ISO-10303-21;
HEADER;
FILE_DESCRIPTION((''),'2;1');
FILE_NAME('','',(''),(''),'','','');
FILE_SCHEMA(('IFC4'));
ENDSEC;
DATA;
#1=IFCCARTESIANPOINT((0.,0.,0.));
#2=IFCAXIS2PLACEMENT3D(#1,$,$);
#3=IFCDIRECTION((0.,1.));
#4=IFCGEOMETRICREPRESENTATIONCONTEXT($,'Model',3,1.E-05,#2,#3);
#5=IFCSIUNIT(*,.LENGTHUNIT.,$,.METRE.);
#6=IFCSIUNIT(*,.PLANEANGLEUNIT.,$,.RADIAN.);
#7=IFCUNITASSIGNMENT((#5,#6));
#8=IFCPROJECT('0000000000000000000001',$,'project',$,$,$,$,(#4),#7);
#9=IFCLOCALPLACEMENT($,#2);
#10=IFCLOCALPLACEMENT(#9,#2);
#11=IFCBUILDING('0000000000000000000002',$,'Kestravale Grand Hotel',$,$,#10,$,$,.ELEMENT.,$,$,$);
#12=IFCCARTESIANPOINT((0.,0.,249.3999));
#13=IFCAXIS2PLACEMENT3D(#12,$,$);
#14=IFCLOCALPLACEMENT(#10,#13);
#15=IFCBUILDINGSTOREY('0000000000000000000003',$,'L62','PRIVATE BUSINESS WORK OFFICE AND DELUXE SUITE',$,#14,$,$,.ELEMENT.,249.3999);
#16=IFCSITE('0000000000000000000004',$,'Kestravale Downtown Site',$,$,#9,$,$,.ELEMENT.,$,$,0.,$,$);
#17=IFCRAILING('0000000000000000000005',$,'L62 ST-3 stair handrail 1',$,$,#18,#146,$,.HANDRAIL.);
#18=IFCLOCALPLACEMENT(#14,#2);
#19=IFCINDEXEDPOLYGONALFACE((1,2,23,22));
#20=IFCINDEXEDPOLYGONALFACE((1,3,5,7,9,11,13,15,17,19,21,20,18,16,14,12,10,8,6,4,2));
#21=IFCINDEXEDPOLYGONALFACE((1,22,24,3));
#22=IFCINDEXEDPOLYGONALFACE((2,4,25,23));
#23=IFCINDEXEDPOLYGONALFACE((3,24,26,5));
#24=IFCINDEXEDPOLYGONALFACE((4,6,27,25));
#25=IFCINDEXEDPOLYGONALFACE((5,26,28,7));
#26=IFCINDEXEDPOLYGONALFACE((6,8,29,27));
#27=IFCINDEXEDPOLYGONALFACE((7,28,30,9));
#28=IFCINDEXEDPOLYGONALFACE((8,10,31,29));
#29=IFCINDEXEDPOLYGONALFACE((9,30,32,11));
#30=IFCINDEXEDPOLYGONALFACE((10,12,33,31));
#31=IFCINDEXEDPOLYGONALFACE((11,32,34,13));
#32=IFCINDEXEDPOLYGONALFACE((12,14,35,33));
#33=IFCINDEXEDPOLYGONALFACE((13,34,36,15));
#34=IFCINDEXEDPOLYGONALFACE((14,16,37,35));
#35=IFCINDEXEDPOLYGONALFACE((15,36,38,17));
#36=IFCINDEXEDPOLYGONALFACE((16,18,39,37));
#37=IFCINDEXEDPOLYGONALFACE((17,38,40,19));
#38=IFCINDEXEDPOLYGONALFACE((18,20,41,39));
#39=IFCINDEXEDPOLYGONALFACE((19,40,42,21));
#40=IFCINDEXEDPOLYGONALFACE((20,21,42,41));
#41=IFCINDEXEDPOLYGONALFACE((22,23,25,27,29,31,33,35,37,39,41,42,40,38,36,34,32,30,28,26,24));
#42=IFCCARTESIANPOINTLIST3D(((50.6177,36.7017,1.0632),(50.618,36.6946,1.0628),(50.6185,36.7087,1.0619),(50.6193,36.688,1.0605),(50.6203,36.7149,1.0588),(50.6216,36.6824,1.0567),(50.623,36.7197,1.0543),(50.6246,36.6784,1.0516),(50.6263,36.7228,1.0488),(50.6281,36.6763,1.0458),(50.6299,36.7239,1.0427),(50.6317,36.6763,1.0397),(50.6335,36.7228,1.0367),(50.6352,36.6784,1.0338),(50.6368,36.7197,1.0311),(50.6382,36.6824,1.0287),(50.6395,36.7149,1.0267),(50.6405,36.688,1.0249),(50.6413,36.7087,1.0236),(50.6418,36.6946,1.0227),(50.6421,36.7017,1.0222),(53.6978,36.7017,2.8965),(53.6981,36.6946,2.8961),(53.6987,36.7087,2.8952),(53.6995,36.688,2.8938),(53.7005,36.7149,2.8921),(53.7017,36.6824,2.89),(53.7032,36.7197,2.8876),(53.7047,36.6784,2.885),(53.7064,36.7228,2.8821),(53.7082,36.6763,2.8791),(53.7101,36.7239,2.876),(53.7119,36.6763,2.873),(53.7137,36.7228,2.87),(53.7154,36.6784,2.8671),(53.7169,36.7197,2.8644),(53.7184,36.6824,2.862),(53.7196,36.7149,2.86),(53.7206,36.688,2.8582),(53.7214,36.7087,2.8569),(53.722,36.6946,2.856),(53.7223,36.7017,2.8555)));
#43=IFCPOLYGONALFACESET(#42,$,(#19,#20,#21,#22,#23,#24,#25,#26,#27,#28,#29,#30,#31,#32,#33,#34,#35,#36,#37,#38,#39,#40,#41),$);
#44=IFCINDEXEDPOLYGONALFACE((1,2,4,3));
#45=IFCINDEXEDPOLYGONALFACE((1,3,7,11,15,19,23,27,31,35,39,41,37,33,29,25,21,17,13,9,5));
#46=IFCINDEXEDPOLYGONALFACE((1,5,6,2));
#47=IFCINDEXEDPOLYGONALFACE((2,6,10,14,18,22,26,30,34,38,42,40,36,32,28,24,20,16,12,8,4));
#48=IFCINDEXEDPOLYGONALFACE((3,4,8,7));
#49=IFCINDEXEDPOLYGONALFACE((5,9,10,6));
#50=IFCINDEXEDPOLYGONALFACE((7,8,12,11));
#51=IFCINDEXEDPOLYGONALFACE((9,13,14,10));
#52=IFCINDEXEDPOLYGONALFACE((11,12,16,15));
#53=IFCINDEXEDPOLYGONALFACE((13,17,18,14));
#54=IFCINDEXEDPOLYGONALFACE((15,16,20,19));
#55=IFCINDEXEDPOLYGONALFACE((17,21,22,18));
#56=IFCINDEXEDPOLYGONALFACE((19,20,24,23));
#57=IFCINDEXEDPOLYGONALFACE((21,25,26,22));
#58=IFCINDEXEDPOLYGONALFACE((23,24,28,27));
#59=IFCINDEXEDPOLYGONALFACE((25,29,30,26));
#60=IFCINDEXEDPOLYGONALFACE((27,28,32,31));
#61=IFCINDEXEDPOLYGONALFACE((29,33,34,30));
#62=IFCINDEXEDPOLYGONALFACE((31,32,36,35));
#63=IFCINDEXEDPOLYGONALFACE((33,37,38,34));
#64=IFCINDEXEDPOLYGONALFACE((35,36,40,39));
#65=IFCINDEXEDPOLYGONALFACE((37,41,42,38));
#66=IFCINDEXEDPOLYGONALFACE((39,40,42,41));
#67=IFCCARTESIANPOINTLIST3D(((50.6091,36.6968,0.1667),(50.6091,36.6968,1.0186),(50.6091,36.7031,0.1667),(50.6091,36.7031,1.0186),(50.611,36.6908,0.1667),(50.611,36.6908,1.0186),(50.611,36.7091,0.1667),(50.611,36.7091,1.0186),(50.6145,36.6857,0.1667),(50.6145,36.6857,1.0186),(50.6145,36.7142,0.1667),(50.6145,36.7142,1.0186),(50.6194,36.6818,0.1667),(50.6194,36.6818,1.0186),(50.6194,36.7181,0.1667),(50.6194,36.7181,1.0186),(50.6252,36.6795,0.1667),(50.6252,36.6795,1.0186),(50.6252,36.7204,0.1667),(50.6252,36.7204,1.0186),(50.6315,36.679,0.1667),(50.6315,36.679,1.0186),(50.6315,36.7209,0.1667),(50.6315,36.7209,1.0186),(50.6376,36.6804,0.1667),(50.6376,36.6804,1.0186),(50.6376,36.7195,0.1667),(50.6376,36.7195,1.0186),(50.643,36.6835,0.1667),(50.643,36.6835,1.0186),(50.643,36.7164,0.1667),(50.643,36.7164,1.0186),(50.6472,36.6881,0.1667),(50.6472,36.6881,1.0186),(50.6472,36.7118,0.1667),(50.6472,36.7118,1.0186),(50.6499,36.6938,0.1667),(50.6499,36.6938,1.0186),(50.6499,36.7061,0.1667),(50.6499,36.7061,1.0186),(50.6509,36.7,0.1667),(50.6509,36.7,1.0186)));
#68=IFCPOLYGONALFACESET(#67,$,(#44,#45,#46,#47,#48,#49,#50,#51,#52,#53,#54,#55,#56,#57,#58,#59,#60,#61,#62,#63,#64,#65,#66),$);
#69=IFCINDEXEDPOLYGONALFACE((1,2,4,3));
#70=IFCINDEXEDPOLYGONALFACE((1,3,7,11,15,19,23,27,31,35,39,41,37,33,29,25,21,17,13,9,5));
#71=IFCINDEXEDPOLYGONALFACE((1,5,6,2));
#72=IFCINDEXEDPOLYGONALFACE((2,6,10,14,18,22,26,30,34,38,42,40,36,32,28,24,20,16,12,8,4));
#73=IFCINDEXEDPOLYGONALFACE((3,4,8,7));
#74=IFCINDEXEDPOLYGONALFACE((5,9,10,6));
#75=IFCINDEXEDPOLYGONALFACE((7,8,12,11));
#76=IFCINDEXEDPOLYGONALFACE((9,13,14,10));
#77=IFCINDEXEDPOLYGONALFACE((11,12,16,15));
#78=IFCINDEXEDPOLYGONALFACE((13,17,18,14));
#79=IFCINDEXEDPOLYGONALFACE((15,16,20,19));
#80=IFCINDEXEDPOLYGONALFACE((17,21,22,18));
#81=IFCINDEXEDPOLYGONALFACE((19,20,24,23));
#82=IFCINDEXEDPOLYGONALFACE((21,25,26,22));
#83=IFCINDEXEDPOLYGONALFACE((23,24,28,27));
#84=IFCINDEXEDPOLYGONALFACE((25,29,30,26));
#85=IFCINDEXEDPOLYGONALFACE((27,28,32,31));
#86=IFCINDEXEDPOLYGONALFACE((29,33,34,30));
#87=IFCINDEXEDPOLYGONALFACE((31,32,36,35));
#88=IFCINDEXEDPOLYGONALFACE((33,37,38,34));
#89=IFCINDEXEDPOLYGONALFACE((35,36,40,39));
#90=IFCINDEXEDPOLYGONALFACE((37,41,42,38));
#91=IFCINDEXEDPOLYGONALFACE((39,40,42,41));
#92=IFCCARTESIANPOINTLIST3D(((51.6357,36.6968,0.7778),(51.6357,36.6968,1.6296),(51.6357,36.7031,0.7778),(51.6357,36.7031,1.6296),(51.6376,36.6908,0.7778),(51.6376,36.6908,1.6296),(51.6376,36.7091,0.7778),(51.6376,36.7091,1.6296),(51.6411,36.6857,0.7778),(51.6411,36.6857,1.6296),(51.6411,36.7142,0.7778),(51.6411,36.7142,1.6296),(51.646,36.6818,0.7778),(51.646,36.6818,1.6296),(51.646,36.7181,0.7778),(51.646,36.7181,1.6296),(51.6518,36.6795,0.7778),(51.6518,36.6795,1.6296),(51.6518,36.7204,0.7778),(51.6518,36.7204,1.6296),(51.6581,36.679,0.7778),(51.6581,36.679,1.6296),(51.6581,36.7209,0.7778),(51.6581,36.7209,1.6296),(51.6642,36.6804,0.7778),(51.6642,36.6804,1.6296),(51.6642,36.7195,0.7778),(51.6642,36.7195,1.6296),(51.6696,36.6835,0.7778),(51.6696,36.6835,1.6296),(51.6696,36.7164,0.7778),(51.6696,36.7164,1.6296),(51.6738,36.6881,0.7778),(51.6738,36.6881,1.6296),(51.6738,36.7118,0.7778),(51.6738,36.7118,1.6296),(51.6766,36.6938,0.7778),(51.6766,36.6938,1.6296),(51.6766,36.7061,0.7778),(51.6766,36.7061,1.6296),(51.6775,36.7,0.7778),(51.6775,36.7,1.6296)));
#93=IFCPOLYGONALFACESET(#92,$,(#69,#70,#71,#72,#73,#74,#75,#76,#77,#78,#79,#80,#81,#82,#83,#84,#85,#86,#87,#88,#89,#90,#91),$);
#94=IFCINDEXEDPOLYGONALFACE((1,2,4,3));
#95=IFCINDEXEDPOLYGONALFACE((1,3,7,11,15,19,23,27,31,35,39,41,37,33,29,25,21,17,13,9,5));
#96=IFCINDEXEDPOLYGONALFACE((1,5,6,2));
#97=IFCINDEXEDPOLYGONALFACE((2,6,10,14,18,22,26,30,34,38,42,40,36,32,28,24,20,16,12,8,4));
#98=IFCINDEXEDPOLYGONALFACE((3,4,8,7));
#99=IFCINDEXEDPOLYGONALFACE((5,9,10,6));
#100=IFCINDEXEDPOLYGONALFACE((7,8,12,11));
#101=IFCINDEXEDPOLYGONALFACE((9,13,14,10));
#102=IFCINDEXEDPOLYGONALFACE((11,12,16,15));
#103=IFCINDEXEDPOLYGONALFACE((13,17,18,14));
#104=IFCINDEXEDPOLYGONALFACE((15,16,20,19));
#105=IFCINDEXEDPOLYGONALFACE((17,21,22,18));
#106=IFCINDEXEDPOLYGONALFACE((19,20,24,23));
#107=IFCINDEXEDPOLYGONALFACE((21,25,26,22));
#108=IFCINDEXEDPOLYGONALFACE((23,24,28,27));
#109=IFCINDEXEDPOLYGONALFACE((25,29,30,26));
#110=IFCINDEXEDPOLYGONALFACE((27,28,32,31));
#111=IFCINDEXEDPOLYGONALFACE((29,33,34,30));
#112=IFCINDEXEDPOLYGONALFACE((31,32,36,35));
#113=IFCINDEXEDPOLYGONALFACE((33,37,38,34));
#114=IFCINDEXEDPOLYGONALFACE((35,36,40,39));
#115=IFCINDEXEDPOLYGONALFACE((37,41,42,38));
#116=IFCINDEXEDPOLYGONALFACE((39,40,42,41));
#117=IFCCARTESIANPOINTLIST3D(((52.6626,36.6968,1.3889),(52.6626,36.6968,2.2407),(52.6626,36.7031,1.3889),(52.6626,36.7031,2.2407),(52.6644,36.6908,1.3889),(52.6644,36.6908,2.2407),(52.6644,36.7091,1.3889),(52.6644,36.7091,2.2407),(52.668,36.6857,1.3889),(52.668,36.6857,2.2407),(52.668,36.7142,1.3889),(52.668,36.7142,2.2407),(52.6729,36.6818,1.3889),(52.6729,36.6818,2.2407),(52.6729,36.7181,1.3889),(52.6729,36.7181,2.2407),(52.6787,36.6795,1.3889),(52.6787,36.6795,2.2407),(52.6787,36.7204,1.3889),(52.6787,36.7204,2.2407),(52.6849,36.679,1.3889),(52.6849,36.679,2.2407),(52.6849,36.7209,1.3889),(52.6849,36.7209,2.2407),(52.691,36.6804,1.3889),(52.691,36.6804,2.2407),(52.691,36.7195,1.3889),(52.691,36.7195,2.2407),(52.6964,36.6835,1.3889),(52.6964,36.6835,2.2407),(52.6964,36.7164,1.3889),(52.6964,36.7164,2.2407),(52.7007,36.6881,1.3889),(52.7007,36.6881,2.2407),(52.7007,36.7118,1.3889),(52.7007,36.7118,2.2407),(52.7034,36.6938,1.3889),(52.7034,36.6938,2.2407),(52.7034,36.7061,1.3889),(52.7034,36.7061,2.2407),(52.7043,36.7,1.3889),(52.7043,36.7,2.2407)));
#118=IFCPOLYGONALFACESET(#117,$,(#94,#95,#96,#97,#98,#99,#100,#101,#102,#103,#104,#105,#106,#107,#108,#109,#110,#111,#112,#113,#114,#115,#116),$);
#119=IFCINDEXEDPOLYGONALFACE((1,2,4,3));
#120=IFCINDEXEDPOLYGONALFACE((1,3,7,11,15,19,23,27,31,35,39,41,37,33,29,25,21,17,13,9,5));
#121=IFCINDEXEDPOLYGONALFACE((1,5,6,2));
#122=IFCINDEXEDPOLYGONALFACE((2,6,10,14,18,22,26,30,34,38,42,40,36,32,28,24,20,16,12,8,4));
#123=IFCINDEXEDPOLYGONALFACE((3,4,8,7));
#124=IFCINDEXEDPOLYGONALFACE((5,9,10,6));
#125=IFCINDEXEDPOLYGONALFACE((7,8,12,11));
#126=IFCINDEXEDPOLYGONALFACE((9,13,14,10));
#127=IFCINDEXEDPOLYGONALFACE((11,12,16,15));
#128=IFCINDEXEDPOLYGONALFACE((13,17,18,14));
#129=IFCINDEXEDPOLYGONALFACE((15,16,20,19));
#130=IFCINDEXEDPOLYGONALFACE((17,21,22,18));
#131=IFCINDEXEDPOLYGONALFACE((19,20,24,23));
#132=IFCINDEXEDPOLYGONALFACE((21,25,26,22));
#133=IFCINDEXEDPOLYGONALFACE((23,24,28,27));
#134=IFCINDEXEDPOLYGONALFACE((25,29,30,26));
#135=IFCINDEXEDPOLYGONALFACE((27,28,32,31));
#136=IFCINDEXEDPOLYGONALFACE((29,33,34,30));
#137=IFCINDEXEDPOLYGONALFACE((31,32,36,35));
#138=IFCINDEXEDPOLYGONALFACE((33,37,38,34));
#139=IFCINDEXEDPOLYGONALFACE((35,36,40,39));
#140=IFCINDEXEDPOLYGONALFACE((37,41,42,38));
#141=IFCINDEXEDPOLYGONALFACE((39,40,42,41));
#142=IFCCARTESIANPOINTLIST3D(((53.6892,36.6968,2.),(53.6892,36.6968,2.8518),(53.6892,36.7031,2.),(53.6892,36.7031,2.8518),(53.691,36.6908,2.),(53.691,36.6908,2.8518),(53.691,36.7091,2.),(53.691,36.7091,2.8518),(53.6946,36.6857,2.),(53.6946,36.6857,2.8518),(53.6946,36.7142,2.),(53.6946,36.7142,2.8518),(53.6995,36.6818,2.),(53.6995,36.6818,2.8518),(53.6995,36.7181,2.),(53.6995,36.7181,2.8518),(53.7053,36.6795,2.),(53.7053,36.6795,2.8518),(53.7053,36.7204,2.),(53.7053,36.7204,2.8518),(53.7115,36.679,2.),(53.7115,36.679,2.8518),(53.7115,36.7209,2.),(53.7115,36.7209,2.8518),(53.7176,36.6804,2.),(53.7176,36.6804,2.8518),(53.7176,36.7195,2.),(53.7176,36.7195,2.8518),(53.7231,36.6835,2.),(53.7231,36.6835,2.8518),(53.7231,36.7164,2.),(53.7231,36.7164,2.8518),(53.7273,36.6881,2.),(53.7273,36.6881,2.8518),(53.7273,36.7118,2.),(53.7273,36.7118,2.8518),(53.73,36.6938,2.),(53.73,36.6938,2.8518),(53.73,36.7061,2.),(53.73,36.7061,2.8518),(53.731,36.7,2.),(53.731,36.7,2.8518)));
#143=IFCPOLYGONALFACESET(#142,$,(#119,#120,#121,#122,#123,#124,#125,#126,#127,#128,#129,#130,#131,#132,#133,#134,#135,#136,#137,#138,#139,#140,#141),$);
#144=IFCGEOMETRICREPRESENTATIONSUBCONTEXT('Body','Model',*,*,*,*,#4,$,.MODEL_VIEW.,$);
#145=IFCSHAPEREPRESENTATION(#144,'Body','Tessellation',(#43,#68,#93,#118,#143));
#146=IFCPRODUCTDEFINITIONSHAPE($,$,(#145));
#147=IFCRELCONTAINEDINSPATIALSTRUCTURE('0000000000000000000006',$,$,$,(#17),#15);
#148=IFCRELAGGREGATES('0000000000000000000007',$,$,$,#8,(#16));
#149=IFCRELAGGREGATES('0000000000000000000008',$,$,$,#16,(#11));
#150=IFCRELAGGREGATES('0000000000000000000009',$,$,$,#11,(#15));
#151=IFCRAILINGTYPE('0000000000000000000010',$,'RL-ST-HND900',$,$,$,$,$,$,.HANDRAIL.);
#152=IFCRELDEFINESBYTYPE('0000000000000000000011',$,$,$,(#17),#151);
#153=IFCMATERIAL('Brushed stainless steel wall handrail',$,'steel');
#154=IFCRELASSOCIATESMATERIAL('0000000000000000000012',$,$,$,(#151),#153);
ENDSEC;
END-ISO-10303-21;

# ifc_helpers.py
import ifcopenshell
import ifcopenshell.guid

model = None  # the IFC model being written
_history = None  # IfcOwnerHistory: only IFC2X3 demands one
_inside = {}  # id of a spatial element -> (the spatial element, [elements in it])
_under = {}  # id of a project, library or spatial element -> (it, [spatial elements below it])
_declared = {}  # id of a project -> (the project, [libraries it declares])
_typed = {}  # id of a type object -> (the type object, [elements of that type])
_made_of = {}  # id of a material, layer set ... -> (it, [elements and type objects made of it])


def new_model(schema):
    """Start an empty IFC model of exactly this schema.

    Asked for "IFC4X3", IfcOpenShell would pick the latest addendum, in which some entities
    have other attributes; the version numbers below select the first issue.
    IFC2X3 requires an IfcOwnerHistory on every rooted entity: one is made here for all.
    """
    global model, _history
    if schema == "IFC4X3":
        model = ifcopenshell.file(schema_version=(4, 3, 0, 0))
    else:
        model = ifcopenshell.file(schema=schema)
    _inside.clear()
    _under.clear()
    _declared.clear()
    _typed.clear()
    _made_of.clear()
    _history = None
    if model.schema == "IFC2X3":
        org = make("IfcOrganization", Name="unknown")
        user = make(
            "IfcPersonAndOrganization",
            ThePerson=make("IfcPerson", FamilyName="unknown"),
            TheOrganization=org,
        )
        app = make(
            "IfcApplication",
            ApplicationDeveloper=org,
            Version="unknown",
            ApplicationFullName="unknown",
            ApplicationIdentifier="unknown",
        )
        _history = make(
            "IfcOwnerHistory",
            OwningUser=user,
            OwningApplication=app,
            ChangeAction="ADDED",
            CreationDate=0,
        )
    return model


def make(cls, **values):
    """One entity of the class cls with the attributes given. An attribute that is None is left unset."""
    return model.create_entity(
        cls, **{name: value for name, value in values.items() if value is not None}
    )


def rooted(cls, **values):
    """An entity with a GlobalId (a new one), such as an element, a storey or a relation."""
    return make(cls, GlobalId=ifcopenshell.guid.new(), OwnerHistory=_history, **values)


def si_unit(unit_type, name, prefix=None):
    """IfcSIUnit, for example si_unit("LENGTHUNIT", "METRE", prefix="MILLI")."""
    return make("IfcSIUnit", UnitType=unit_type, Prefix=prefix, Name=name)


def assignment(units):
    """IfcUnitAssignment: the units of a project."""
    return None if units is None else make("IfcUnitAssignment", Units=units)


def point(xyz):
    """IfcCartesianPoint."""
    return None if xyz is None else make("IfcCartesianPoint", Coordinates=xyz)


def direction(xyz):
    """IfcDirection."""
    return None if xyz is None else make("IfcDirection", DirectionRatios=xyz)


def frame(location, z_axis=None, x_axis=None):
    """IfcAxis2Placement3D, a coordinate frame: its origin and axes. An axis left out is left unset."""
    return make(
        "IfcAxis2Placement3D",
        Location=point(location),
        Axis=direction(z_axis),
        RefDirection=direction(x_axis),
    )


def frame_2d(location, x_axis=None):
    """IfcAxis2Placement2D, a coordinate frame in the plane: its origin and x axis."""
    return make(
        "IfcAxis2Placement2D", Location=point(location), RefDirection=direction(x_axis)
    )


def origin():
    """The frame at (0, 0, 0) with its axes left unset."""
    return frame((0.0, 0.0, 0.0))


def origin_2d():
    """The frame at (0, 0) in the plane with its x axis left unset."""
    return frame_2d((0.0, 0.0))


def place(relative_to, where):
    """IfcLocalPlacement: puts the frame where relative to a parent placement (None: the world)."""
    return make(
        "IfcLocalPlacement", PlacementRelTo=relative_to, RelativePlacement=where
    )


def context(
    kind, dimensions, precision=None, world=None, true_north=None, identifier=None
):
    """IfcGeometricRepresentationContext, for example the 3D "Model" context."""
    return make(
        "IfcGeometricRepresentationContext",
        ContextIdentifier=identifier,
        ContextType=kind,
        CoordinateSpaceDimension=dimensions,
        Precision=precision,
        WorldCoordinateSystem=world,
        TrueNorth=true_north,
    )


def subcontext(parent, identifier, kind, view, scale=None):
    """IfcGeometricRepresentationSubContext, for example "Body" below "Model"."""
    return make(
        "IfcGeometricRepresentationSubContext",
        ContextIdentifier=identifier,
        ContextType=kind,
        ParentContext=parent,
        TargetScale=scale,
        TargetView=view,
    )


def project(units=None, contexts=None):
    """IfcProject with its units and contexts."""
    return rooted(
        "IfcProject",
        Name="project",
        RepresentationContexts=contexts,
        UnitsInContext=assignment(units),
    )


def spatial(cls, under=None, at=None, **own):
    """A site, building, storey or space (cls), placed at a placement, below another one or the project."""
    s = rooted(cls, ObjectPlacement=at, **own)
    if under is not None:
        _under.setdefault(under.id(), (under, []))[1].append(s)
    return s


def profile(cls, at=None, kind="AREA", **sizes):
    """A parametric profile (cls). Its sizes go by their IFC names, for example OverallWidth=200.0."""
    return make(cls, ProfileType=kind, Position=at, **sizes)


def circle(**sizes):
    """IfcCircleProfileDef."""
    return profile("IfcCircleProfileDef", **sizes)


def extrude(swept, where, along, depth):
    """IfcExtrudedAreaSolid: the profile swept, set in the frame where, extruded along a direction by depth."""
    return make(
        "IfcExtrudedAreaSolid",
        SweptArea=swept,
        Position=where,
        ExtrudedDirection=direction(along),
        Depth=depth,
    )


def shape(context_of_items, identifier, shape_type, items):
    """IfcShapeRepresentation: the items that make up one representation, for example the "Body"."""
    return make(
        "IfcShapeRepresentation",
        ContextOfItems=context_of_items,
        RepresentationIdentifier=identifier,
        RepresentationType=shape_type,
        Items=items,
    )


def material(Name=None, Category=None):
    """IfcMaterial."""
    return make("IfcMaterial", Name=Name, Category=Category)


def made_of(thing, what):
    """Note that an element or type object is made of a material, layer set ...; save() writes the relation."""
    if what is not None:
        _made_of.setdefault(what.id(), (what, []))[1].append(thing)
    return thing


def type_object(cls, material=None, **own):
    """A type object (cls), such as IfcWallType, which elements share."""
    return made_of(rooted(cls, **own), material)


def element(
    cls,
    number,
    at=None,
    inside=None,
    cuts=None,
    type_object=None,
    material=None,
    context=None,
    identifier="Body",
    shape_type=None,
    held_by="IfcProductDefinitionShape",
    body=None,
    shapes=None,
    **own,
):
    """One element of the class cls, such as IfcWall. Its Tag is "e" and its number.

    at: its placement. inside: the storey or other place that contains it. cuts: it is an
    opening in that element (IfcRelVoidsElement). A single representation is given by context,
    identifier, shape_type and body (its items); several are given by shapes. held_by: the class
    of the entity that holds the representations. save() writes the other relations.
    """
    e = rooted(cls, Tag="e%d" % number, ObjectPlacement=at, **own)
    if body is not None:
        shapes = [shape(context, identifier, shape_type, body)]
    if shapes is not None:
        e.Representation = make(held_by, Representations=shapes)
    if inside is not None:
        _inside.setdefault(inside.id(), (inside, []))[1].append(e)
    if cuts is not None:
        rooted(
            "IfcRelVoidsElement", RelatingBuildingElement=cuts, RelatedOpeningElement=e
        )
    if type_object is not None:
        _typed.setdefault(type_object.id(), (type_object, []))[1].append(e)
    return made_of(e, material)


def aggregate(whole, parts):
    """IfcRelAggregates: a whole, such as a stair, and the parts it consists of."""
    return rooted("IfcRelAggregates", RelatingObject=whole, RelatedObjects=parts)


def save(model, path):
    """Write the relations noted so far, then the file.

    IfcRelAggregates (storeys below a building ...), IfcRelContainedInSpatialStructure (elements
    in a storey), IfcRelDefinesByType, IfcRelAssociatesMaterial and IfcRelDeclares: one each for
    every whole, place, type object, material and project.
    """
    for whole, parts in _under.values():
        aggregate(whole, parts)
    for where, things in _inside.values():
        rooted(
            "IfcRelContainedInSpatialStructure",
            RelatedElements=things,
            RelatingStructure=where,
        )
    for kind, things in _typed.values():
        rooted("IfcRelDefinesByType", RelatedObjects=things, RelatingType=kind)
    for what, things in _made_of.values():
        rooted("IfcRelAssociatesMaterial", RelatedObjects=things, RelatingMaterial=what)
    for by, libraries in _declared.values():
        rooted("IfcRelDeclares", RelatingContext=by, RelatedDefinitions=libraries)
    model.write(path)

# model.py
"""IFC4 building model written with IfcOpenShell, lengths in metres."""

from ifc_helpers import new_model, si_unit, direction, frame, origin, origin_2d, place, context, subcontext, project, spatial, circle, extrude, material, type_object, element, save


model = new_model("IFC4")

# Units and contexts
model_context = context("Model", 3, precision=1e-05, world=origin(), true_north=direction((0.0, 1.0)))
body_context = subcontext(model_context, "Body", "Model", "MODEL_VIEW")
ifc_project = project(units=[si_unit("LENGTHUNIT", "METRE"), si_unit("PLANEANGLEUNIT", "RADIAN")], contexts=[model_context])

# Site, building, storey
site_placement = place(None, origin())
site = spatial("IfcSite", under=ifc_project, at=site_placement, Name="Kestravale Downtown Site", CompositionType="ELEMENT", RefElevation=0.0)
building_placement = place(site_placement, origin())
building = spatial("IfcBuilding", under=site, at=building_placement, Name="Kestravale Grand Hotel", CompositionType="ELEMENT")
storey_placement = place(building_placement, frame((0.0, 0.0, 249.3999)))
storey = spatial("IfcBuildingStorey", under=building, at=storey_placement, Name="L62", Description="PRIVATE BUSINESS WORK OFFICE AND DELUXE SUITE", CompositionType="ELEMENT", Elevation=249.3999)

# Railing
ifc_material_1 = material(Name="Brushed stainless steel wall handrail", Category="steel")
railing_type_1 = type_object("IfcRailingType", Name="RL-ST-HND900", PredefinedType="HANDRAIL", material=ifc_material_1)
railing_1_placement = place(storey_placement, frame((50.6299, 36.7, 0.1667)))
element("IfcRailing", 1, at=railing_1_placement, inside=storey, type_object=railing_type_1, Name="L62 ST-3 stair handrail 1", PredefinedType="HANDRAIL", context=body_context, shape_type="SweptSolid", body=[
    extrude(circle(Radius=0.0239, at=origin_2d()), frame((0.0, 0.0, 0.876), z_axis=(0.859309, 0.0, 0.511458), x_axis=(0.0, 1.0, 0.0)), (0.0, 0.0, 1.0), 3.5845),
    extrude(circle(Radius=0.021, at=origin_2d()), origin(), (0.0, 0.0, 1.0), 0.8518),
    extrude(circle(Radius=0.021, at=origin_2d()), frame((1.0266, 0.0, 0.6111)), (0.0, 0.0, 1.0), 0.8518),
    extrude(circle(Radius=0.021, at=origin_2d()), frame((2.0535, 0.0, 1.2222)), (0.0, 0.0, 1.0), 0.8518),
    extrude(circle(Radius=0.021, at=origin_2d()), frame((3.0801, 0.0, 1.8333)), (0.0, 0.0, 1.0), 0.8518),
])

save(model, "model.ifc")
